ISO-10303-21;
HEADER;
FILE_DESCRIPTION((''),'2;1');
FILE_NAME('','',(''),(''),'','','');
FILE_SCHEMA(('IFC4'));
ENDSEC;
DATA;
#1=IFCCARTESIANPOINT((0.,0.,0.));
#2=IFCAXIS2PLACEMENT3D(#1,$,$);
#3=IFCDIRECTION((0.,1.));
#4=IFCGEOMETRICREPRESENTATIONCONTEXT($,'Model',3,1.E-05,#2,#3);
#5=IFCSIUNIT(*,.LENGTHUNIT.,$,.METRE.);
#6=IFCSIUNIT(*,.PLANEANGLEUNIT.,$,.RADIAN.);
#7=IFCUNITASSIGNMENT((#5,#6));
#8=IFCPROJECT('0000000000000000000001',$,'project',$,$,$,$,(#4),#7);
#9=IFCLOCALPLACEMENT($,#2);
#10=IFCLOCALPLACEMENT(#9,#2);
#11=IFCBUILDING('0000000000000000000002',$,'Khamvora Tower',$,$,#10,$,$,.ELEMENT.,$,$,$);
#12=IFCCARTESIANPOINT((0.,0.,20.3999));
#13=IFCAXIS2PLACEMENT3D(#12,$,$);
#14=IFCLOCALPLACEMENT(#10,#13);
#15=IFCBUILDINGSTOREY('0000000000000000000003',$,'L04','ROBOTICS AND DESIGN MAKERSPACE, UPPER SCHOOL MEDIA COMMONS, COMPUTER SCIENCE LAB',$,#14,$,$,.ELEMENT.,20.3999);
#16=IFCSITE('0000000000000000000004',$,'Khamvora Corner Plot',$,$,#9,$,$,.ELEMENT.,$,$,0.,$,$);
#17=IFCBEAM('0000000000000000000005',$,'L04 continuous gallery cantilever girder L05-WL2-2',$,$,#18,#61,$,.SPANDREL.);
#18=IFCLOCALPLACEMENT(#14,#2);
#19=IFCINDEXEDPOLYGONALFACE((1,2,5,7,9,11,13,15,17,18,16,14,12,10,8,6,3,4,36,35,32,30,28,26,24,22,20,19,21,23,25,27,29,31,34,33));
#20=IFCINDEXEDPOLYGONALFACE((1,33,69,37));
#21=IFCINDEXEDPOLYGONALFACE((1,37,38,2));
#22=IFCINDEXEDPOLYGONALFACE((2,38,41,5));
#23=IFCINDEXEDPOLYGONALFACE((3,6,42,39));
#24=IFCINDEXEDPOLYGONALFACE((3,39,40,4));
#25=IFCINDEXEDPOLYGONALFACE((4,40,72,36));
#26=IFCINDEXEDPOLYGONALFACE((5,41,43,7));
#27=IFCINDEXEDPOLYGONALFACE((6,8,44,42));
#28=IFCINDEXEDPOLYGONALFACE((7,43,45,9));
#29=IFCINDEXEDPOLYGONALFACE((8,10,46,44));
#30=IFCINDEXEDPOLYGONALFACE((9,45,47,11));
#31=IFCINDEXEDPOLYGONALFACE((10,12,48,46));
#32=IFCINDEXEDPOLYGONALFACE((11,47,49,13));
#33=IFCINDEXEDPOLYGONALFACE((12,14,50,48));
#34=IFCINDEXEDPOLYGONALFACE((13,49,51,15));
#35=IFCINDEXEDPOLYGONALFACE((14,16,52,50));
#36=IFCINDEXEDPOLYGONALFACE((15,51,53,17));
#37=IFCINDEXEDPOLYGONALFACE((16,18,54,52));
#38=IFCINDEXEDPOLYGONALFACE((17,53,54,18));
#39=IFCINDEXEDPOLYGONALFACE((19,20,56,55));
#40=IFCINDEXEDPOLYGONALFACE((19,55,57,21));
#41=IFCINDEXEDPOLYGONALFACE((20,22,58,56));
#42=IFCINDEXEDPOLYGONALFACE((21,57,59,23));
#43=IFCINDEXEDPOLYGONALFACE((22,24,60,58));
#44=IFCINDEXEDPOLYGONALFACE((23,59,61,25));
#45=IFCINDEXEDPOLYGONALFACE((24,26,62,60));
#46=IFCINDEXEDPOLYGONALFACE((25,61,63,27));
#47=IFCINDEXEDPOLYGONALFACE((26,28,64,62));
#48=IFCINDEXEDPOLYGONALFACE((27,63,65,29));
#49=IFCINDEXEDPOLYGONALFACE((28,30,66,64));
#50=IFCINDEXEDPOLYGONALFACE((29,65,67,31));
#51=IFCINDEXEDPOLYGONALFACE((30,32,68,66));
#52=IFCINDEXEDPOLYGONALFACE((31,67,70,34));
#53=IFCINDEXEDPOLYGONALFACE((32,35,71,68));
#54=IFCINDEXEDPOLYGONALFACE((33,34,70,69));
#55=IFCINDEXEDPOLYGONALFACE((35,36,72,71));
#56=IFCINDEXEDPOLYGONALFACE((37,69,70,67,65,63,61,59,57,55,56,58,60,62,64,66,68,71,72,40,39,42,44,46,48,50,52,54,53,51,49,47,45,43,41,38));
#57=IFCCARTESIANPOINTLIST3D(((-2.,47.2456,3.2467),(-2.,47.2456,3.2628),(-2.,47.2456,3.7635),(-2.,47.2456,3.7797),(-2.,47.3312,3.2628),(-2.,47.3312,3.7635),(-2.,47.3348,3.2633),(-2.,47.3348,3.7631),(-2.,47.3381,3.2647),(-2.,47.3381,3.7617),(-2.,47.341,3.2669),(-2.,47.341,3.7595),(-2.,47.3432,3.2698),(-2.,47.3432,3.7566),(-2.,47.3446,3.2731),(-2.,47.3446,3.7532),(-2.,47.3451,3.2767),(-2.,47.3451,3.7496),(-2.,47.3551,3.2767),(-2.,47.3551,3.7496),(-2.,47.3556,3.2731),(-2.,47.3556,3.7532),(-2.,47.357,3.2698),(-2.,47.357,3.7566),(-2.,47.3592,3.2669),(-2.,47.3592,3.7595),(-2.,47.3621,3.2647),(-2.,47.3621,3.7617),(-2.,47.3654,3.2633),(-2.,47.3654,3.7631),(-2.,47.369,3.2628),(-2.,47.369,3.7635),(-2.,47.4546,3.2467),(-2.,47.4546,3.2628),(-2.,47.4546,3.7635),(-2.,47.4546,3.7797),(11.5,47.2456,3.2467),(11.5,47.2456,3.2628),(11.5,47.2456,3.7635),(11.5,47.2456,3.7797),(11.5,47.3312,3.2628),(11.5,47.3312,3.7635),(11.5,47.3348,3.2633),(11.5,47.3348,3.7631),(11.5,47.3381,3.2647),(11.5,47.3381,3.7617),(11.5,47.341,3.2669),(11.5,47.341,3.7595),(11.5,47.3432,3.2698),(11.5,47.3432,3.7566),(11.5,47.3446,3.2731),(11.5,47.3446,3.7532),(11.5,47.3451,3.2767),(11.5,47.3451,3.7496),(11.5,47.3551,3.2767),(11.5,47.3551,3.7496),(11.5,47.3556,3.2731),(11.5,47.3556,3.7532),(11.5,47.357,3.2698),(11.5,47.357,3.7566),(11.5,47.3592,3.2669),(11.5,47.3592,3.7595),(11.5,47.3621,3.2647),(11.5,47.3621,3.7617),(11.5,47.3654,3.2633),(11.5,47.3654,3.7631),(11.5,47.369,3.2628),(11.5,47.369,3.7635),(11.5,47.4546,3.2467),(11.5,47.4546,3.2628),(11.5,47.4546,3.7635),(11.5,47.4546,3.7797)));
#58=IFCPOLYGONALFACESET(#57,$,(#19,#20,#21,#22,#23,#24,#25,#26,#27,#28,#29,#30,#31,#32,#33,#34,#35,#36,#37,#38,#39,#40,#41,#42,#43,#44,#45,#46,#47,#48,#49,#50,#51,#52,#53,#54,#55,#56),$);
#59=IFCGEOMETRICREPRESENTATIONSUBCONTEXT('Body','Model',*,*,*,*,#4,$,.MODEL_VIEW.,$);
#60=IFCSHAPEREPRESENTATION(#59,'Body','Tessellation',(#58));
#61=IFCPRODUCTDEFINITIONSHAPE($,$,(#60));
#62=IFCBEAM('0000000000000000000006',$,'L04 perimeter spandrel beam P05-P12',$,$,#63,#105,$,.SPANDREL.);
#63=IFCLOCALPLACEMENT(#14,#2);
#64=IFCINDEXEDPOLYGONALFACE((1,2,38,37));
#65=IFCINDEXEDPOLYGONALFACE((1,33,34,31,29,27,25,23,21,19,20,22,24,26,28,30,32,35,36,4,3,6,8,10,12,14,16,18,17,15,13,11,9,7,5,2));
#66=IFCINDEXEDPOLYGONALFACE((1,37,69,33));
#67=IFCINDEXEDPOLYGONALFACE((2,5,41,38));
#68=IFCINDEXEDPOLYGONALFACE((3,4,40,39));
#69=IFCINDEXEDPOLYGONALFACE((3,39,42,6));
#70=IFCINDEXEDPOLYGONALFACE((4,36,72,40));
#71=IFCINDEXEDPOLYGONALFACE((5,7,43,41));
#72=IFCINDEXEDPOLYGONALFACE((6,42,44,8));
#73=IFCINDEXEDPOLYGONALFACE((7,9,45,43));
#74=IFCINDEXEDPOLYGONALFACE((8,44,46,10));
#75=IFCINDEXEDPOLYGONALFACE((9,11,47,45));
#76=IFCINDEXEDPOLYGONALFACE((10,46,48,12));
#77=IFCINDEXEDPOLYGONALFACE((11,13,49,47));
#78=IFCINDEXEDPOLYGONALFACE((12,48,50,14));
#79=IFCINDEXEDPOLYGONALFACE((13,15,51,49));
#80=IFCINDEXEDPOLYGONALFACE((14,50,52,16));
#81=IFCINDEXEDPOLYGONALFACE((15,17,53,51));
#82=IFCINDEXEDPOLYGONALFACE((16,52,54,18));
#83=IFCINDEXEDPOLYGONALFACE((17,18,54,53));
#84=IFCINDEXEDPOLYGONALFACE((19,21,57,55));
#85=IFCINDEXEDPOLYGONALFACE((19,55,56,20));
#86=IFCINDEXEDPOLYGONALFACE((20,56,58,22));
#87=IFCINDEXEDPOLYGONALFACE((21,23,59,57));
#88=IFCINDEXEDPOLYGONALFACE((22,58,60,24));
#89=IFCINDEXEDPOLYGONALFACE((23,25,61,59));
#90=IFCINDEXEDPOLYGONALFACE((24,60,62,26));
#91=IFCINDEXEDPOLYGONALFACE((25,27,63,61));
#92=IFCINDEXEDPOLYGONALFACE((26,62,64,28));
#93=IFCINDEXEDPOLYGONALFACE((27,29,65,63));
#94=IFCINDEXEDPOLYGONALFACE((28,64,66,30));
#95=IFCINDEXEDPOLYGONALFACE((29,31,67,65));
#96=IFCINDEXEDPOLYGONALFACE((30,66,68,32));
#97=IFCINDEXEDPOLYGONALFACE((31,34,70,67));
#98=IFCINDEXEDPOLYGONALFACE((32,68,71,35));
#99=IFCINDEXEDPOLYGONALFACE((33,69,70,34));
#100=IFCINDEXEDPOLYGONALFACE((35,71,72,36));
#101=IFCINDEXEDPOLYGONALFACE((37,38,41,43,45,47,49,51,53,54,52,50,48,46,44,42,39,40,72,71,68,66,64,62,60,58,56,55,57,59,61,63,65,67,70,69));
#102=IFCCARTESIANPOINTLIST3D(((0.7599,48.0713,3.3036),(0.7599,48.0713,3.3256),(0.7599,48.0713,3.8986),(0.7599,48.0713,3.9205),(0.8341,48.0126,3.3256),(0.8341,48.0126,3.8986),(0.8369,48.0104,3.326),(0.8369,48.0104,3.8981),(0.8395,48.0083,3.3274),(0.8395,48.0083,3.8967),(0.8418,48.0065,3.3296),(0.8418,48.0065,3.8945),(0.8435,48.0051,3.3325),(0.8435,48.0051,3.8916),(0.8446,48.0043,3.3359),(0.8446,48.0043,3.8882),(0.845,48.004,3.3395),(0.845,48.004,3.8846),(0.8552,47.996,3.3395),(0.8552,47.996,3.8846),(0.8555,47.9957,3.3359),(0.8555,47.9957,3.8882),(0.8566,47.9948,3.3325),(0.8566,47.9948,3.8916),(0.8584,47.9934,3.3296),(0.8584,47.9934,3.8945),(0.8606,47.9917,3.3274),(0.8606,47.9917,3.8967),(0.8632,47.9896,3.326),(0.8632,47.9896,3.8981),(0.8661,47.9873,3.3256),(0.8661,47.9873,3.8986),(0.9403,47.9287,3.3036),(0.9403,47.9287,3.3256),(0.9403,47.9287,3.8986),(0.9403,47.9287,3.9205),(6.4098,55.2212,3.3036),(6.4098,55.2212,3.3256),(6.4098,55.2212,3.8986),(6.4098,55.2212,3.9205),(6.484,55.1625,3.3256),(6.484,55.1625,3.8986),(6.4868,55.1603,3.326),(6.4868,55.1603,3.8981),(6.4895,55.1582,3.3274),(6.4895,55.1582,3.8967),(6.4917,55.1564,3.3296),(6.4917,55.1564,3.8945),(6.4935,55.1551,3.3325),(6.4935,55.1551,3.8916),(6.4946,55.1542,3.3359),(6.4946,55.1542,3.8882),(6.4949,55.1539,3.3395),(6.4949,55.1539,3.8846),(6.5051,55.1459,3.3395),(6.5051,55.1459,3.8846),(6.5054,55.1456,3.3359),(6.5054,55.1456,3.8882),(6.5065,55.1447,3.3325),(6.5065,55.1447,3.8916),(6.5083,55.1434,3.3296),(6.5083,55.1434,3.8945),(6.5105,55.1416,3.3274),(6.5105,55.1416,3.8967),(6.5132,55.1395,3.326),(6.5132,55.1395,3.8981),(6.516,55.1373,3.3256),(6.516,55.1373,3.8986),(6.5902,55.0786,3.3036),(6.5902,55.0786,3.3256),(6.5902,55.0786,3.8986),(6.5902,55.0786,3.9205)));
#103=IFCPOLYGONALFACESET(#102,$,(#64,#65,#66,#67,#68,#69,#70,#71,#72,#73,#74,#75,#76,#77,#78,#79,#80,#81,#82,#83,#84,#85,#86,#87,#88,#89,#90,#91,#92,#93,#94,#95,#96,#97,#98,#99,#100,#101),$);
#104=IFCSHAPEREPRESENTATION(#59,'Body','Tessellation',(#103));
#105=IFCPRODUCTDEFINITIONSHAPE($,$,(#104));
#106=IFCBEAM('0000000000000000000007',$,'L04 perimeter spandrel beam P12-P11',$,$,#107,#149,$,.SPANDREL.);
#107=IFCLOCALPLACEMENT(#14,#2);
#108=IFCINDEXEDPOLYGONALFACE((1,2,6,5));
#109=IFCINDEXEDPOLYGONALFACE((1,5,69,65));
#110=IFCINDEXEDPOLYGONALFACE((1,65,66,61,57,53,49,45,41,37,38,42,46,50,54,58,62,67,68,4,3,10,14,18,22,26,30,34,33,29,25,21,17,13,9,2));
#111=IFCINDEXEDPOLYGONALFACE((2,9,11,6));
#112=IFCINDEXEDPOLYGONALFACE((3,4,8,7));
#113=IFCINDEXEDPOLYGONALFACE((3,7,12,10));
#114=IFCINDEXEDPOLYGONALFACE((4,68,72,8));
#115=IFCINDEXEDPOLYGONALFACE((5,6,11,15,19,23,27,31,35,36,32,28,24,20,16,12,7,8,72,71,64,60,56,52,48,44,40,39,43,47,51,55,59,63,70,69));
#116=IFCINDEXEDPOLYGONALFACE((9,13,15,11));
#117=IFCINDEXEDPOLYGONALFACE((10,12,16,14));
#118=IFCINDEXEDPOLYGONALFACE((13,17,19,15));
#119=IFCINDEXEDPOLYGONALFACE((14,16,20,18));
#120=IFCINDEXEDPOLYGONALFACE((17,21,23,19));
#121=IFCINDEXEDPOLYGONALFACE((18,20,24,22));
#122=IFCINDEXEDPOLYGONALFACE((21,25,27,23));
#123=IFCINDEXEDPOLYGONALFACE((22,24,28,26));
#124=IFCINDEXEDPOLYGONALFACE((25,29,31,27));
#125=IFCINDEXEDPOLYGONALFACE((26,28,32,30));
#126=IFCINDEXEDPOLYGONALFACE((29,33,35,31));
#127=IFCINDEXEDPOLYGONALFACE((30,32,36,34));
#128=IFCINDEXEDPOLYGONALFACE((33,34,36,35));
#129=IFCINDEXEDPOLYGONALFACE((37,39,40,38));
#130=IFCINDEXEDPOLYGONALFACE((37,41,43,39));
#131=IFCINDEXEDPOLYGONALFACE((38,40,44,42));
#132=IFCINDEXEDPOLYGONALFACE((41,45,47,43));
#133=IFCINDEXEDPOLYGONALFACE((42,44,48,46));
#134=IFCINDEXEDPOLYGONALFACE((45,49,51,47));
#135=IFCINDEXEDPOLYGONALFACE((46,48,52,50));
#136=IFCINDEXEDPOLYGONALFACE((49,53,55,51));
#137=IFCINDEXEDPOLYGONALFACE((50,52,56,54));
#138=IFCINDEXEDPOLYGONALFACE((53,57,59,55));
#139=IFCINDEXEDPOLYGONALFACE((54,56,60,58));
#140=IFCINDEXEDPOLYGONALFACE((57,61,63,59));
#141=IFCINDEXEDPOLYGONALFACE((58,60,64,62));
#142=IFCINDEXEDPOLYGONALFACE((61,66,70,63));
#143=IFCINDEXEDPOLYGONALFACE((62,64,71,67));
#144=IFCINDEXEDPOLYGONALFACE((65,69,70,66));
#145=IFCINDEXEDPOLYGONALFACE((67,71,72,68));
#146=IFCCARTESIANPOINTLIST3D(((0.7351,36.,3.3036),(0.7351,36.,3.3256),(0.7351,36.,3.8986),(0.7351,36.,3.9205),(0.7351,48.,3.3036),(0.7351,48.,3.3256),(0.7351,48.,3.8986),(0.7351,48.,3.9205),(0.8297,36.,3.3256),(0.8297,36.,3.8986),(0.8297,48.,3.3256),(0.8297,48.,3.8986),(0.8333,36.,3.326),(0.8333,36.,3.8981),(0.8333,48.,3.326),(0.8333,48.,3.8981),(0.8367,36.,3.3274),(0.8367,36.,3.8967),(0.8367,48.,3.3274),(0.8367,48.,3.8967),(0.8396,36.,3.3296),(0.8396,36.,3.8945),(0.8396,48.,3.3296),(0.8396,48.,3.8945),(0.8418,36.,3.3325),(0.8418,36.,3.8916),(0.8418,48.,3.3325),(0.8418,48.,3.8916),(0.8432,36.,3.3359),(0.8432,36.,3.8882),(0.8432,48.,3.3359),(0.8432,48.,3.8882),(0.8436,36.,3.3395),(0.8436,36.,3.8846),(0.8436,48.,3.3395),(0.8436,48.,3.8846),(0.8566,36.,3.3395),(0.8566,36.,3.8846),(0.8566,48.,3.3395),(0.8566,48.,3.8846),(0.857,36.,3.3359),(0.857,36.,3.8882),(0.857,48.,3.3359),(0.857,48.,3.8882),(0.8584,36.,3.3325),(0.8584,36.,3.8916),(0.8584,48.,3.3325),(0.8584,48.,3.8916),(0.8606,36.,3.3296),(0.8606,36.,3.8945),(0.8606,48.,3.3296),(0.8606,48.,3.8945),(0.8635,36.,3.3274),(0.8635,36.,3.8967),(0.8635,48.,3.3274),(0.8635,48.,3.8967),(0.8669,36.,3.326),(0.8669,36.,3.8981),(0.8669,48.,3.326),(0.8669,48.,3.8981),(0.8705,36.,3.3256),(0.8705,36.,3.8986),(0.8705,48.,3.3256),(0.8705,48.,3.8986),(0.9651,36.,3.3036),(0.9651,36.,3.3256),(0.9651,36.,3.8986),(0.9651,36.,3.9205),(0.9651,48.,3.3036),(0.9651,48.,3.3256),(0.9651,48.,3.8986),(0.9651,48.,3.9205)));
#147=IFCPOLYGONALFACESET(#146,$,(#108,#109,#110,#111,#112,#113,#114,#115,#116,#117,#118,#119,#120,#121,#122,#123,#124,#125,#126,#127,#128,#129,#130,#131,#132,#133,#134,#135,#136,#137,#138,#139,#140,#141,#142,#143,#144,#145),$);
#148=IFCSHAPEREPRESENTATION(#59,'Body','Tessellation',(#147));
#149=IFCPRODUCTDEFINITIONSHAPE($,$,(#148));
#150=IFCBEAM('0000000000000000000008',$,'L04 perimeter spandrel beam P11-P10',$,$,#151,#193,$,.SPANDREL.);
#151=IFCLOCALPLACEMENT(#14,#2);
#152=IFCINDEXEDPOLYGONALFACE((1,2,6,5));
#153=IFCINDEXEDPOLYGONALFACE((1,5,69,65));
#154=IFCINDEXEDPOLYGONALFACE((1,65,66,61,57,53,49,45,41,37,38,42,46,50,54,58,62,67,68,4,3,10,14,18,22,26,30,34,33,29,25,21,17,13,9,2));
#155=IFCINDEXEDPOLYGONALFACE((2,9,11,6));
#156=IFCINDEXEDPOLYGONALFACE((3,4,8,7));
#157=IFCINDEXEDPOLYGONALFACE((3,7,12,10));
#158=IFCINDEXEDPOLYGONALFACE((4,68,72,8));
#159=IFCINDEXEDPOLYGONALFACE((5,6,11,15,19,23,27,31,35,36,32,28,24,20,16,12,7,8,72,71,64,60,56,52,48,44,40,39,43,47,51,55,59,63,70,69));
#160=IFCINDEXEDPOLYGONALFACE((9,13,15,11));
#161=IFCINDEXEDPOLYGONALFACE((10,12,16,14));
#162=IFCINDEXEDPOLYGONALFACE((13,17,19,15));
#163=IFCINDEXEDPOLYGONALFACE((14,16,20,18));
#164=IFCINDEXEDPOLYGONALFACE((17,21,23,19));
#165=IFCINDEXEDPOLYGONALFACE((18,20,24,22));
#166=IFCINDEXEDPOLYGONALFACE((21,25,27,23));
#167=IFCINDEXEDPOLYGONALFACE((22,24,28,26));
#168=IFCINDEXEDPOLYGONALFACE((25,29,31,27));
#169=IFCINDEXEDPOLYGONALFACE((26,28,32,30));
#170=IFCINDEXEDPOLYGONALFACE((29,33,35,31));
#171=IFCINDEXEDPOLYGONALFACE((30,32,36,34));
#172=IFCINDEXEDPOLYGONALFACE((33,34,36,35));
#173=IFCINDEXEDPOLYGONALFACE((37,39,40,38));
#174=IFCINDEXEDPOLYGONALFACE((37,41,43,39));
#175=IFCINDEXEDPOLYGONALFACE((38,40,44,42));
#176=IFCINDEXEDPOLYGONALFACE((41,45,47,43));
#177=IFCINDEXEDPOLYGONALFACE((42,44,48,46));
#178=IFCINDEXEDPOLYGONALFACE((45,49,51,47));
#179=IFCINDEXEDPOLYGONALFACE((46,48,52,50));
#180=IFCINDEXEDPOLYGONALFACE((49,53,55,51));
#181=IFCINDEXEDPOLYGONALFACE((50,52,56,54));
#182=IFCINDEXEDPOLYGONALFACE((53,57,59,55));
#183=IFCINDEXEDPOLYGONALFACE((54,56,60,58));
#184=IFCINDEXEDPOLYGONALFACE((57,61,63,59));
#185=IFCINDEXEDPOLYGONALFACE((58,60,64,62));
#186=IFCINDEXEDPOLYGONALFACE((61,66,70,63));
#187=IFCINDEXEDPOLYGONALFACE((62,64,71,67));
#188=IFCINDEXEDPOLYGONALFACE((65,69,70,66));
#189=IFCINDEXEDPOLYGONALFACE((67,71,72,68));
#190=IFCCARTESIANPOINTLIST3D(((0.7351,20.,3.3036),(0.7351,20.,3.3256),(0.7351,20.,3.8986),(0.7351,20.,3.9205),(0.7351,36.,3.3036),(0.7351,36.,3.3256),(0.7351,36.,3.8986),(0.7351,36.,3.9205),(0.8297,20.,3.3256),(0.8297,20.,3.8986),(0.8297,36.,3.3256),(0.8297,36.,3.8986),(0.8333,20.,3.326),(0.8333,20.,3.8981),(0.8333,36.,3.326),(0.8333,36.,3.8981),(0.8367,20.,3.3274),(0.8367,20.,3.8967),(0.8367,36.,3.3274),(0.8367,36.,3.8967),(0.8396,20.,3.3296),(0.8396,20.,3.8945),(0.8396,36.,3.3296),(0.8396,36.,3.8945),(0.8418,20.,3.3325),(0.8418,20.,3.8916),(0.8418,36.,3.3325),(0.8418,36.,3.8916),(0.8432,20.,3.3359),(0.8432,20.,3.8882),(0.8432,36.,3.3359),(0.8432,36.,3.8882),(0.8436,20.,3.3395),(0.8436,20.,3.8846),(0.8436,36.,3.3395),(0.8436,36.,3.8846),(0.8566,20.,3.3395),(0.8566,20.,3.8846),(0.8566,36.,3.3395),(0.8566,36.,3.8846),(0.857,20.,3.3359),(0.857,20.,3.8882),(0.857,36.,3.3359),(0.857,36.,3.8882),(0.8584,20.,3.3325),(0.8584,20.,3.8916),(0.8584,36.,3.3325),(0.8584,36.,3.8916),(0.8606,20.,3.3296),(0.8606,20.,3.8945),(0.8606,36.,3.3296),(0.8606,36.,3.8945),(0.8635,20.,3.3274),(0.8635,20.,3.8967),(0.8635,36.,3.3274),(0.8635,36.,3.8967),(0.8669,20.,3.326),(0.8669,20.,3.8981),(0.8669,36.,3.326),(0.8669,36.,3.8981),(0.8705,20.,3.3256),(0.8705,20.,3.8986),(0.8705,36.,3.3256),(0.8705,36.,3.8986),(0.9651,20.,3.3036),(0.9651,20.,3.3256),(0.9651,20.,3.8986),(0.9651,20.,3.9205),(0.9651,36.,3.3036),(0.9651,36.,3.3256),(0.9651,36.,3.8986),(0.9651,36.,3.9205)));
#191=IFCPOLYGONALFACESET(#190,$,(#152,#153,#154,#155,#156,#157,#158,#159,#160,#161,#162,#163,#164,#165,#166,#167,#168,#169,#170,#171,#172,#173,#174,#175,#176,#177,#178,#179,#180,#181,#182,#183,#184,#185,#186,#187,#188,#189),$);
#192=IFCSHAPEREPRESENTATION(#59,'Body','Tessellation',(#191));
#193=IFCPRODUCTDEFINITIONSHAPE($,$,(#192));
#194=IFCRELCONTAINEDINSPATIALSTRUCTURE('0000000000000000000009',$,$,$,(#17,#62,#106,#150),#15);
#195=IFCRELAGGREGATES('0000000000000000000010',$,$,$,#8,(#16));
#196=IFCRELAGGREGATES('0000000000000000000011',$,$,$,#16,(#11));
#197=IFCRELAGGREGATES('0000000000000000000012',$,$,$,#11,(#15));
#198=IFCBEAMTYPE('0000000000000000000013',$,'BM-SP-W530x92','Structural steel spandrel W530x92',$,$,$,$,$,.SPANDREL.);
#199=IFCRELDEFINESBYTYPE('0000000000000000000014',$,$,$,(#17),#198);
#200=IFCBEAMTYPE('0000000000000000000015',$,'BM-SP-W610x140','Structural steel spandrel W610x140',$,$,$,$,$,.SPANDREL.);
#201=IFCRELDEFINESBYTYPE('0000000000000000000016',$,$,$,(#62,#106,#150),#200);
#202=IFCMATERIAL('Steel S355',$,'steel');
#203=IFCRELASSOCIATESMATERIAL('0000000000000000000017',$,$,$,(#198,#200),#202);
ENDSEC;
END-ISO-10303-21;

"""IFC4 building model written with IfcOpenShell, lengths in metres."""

from ifc_helpers import new_model, si_unit, direction, frame, origin, origin_2d, place, context, subcontext, project, spatial, i_section, extrude, material, material_profile, profile_set, type_object, element, save


model = new_model("IFC4")

# Units and contexts
model_context = context("Model", 3, precision=1e-05, world=origin(), true_north=direction((0.0, 1.0)))
body_context = subcontext(model_context, "Body", "Model", "MODEL_VIEW")
ifc_project = project(units=[si_unit("LENGTHUNIT", "METRE"), si_unit("PLANEANGLEUNIT", "RADIAN")], contexts=[model_context])

# Site, building, storey
site_placement = place(None, origin())
site = spatial("IfcSite", under=ifc_project, at=site_placement, Name="Khamvora Corner Plot", CompositionType="ELEMENT", RefElevation=0.0)
building_placement = place(site_placement, origin())
building = spatial("IfcBuilding", under=site, at=building_placement, Name="Khamvora Tower", CompositionType="ELEMENT")
storey_placement = place(building_placement, frame((0.0, 0.0, 20.3999)))
storey = spatial("IfcBuildingStorey", under=building, at=storey_placement, Name="L04", Description="ROBOTICS AND DESIGN MAKERSPACE, UPPER SCHOOL MEDIA COMMONS, COMPUTER SCIENCE LAB", CompositionType="ELEMENT", Elevation=20.3999)

# Beams
ifc_material_1 = material(Name="Steel S355", Category="steel")
ifc_material_profile_1 = material_profile(ifc_material_1, i_section(OverallWidth=0.209, OverallDepth=0.533, WebThickness=0.01, FlangeThickness=0.0161, FilletRadius=0.0139, at=origin_2d()), Name="W530x92")
ifc_profile_set_1 = profile_set([ifc_material_profile_1], Name="Steel S355")
beam_type_1 = type_object("IfcBeamType", Name="BM-SP-W530x92", Description="Structural steel spandrel W530x92", PredefinedType="SPANDREL", material=ifc_profile_set_1)
beam_1_placement = place(storey_placement, frame((11.5, 47.3501, 3.5132), z_axis=(-1.0, 0.0, 0.0), x_axis=(0.0, -1.0, 0.0)))
element("IfcBeam", 1, at=beam_1_placement, inside=storey, type_object=beam_type_1, Name="L04 continuous gallery cantilever girder L05-WL2-2", PredefinedType="SPANDREL", context=body_context, shape_type="SweptSolid", body=[
    extrude(i_section(OverallWidth=0.209, OverallDepth=0.533, WebThickness=0.01, FlangeThickness=0.0161, FilletRadius=0.0139, at=origin_2d()), origin(), (0.0, 0.0, 1.0), 13.5),
])
ifc_material_profile_2 = material_profile(ifc_material_1, i_section(OverallWidth=0.23, OverallDepth=0.6169, WebThickness=0.0129, FlangeThickness=0.022, FilletRadius=0.0139, at=origin_2d()), Name="W610x140")
ifc_profile_set_2 = profile_set([ifc_material_profile_2], Name="Steel S355")
beam_type_2 = type_object("IfcBeamType", Name="BM-SP-W610x140", Description="Structural steel spandrel W610x140", PredefinedType="SPANDREL", material=ifc_profile_set_2)
beam_2_placement = place(storey_placement, frame((6.5, 55.1499, 3.6121), z_axis=(-0.619999, -0.784603, 0.0), x_axis=(0.784603, -0.619999, 0.0)))
element("IfcBeam", 2, at=beam_2_placement, inside=storey, type_object=beam_type_2, Name="L04 perimeter spandrel beam P05-P12", PredefinedType="SPANDREL", context=body_context, shape_type="SweptSolid", body=[
    extrude(i_section(OverallWidth=0.23, OverallDepth=0.6169, WebThickness=0.0129, FlangeThickness=0.022, FilletRadius=0.0139, at=origin_2d()), origin(), (0.0, 0.0, 1.0), 9.1128),
])
beam_3_placement = place(storey_placement, frame((0.8501, 48.0, 3.6121), z_axis=(0.0, -1.0, 0.0), x_axis=(1.0, 0.0, 0.0)))
element("IfcBeam", 3, at=beam_3_placement, inside=storey, type_object=beam_type_2, Name="L04 perimeter spandrel beam P12-P11", PredefinedType="SPANDREL", context=body_context, shape_type="SweptSolid", body=[
    extrude(i_section(OverallWidth=0.23, OverallDepth=0.6169, WebThickness=0.0129, FlangeThickness=0.022, FilletRadius=0.0139, at=origin_2d()), origin(), (0.0, 0.0, 1.0), 12.0),
])
beam_4_placement = place(storey_placement, frame((0.8501, 36.0, 3.6121), z_axis=(0.0, -1.0, 0.0), x_axis=(1.0, 0.0, 0.0)))
element("IfcBeam", 4, at=beam_4_placement, inside=storey, type_object=beam_type_2, Name="L04 perimeter spandrel beam P11-P10", PredefinedType="SPANDREL", context=body_context, shape_type="SweptSolid", body=[
    extrude(i_section(OverallWidth=0.23, OverallDepth=0.6169, WebThickness=0.0129, FlangeThickness=0.022, FilletRadius=0.0139, at=origin_2d()), origin(), (0.0, 0.0, 1.0), 16.0),
])

save(model, "model.ifc")
